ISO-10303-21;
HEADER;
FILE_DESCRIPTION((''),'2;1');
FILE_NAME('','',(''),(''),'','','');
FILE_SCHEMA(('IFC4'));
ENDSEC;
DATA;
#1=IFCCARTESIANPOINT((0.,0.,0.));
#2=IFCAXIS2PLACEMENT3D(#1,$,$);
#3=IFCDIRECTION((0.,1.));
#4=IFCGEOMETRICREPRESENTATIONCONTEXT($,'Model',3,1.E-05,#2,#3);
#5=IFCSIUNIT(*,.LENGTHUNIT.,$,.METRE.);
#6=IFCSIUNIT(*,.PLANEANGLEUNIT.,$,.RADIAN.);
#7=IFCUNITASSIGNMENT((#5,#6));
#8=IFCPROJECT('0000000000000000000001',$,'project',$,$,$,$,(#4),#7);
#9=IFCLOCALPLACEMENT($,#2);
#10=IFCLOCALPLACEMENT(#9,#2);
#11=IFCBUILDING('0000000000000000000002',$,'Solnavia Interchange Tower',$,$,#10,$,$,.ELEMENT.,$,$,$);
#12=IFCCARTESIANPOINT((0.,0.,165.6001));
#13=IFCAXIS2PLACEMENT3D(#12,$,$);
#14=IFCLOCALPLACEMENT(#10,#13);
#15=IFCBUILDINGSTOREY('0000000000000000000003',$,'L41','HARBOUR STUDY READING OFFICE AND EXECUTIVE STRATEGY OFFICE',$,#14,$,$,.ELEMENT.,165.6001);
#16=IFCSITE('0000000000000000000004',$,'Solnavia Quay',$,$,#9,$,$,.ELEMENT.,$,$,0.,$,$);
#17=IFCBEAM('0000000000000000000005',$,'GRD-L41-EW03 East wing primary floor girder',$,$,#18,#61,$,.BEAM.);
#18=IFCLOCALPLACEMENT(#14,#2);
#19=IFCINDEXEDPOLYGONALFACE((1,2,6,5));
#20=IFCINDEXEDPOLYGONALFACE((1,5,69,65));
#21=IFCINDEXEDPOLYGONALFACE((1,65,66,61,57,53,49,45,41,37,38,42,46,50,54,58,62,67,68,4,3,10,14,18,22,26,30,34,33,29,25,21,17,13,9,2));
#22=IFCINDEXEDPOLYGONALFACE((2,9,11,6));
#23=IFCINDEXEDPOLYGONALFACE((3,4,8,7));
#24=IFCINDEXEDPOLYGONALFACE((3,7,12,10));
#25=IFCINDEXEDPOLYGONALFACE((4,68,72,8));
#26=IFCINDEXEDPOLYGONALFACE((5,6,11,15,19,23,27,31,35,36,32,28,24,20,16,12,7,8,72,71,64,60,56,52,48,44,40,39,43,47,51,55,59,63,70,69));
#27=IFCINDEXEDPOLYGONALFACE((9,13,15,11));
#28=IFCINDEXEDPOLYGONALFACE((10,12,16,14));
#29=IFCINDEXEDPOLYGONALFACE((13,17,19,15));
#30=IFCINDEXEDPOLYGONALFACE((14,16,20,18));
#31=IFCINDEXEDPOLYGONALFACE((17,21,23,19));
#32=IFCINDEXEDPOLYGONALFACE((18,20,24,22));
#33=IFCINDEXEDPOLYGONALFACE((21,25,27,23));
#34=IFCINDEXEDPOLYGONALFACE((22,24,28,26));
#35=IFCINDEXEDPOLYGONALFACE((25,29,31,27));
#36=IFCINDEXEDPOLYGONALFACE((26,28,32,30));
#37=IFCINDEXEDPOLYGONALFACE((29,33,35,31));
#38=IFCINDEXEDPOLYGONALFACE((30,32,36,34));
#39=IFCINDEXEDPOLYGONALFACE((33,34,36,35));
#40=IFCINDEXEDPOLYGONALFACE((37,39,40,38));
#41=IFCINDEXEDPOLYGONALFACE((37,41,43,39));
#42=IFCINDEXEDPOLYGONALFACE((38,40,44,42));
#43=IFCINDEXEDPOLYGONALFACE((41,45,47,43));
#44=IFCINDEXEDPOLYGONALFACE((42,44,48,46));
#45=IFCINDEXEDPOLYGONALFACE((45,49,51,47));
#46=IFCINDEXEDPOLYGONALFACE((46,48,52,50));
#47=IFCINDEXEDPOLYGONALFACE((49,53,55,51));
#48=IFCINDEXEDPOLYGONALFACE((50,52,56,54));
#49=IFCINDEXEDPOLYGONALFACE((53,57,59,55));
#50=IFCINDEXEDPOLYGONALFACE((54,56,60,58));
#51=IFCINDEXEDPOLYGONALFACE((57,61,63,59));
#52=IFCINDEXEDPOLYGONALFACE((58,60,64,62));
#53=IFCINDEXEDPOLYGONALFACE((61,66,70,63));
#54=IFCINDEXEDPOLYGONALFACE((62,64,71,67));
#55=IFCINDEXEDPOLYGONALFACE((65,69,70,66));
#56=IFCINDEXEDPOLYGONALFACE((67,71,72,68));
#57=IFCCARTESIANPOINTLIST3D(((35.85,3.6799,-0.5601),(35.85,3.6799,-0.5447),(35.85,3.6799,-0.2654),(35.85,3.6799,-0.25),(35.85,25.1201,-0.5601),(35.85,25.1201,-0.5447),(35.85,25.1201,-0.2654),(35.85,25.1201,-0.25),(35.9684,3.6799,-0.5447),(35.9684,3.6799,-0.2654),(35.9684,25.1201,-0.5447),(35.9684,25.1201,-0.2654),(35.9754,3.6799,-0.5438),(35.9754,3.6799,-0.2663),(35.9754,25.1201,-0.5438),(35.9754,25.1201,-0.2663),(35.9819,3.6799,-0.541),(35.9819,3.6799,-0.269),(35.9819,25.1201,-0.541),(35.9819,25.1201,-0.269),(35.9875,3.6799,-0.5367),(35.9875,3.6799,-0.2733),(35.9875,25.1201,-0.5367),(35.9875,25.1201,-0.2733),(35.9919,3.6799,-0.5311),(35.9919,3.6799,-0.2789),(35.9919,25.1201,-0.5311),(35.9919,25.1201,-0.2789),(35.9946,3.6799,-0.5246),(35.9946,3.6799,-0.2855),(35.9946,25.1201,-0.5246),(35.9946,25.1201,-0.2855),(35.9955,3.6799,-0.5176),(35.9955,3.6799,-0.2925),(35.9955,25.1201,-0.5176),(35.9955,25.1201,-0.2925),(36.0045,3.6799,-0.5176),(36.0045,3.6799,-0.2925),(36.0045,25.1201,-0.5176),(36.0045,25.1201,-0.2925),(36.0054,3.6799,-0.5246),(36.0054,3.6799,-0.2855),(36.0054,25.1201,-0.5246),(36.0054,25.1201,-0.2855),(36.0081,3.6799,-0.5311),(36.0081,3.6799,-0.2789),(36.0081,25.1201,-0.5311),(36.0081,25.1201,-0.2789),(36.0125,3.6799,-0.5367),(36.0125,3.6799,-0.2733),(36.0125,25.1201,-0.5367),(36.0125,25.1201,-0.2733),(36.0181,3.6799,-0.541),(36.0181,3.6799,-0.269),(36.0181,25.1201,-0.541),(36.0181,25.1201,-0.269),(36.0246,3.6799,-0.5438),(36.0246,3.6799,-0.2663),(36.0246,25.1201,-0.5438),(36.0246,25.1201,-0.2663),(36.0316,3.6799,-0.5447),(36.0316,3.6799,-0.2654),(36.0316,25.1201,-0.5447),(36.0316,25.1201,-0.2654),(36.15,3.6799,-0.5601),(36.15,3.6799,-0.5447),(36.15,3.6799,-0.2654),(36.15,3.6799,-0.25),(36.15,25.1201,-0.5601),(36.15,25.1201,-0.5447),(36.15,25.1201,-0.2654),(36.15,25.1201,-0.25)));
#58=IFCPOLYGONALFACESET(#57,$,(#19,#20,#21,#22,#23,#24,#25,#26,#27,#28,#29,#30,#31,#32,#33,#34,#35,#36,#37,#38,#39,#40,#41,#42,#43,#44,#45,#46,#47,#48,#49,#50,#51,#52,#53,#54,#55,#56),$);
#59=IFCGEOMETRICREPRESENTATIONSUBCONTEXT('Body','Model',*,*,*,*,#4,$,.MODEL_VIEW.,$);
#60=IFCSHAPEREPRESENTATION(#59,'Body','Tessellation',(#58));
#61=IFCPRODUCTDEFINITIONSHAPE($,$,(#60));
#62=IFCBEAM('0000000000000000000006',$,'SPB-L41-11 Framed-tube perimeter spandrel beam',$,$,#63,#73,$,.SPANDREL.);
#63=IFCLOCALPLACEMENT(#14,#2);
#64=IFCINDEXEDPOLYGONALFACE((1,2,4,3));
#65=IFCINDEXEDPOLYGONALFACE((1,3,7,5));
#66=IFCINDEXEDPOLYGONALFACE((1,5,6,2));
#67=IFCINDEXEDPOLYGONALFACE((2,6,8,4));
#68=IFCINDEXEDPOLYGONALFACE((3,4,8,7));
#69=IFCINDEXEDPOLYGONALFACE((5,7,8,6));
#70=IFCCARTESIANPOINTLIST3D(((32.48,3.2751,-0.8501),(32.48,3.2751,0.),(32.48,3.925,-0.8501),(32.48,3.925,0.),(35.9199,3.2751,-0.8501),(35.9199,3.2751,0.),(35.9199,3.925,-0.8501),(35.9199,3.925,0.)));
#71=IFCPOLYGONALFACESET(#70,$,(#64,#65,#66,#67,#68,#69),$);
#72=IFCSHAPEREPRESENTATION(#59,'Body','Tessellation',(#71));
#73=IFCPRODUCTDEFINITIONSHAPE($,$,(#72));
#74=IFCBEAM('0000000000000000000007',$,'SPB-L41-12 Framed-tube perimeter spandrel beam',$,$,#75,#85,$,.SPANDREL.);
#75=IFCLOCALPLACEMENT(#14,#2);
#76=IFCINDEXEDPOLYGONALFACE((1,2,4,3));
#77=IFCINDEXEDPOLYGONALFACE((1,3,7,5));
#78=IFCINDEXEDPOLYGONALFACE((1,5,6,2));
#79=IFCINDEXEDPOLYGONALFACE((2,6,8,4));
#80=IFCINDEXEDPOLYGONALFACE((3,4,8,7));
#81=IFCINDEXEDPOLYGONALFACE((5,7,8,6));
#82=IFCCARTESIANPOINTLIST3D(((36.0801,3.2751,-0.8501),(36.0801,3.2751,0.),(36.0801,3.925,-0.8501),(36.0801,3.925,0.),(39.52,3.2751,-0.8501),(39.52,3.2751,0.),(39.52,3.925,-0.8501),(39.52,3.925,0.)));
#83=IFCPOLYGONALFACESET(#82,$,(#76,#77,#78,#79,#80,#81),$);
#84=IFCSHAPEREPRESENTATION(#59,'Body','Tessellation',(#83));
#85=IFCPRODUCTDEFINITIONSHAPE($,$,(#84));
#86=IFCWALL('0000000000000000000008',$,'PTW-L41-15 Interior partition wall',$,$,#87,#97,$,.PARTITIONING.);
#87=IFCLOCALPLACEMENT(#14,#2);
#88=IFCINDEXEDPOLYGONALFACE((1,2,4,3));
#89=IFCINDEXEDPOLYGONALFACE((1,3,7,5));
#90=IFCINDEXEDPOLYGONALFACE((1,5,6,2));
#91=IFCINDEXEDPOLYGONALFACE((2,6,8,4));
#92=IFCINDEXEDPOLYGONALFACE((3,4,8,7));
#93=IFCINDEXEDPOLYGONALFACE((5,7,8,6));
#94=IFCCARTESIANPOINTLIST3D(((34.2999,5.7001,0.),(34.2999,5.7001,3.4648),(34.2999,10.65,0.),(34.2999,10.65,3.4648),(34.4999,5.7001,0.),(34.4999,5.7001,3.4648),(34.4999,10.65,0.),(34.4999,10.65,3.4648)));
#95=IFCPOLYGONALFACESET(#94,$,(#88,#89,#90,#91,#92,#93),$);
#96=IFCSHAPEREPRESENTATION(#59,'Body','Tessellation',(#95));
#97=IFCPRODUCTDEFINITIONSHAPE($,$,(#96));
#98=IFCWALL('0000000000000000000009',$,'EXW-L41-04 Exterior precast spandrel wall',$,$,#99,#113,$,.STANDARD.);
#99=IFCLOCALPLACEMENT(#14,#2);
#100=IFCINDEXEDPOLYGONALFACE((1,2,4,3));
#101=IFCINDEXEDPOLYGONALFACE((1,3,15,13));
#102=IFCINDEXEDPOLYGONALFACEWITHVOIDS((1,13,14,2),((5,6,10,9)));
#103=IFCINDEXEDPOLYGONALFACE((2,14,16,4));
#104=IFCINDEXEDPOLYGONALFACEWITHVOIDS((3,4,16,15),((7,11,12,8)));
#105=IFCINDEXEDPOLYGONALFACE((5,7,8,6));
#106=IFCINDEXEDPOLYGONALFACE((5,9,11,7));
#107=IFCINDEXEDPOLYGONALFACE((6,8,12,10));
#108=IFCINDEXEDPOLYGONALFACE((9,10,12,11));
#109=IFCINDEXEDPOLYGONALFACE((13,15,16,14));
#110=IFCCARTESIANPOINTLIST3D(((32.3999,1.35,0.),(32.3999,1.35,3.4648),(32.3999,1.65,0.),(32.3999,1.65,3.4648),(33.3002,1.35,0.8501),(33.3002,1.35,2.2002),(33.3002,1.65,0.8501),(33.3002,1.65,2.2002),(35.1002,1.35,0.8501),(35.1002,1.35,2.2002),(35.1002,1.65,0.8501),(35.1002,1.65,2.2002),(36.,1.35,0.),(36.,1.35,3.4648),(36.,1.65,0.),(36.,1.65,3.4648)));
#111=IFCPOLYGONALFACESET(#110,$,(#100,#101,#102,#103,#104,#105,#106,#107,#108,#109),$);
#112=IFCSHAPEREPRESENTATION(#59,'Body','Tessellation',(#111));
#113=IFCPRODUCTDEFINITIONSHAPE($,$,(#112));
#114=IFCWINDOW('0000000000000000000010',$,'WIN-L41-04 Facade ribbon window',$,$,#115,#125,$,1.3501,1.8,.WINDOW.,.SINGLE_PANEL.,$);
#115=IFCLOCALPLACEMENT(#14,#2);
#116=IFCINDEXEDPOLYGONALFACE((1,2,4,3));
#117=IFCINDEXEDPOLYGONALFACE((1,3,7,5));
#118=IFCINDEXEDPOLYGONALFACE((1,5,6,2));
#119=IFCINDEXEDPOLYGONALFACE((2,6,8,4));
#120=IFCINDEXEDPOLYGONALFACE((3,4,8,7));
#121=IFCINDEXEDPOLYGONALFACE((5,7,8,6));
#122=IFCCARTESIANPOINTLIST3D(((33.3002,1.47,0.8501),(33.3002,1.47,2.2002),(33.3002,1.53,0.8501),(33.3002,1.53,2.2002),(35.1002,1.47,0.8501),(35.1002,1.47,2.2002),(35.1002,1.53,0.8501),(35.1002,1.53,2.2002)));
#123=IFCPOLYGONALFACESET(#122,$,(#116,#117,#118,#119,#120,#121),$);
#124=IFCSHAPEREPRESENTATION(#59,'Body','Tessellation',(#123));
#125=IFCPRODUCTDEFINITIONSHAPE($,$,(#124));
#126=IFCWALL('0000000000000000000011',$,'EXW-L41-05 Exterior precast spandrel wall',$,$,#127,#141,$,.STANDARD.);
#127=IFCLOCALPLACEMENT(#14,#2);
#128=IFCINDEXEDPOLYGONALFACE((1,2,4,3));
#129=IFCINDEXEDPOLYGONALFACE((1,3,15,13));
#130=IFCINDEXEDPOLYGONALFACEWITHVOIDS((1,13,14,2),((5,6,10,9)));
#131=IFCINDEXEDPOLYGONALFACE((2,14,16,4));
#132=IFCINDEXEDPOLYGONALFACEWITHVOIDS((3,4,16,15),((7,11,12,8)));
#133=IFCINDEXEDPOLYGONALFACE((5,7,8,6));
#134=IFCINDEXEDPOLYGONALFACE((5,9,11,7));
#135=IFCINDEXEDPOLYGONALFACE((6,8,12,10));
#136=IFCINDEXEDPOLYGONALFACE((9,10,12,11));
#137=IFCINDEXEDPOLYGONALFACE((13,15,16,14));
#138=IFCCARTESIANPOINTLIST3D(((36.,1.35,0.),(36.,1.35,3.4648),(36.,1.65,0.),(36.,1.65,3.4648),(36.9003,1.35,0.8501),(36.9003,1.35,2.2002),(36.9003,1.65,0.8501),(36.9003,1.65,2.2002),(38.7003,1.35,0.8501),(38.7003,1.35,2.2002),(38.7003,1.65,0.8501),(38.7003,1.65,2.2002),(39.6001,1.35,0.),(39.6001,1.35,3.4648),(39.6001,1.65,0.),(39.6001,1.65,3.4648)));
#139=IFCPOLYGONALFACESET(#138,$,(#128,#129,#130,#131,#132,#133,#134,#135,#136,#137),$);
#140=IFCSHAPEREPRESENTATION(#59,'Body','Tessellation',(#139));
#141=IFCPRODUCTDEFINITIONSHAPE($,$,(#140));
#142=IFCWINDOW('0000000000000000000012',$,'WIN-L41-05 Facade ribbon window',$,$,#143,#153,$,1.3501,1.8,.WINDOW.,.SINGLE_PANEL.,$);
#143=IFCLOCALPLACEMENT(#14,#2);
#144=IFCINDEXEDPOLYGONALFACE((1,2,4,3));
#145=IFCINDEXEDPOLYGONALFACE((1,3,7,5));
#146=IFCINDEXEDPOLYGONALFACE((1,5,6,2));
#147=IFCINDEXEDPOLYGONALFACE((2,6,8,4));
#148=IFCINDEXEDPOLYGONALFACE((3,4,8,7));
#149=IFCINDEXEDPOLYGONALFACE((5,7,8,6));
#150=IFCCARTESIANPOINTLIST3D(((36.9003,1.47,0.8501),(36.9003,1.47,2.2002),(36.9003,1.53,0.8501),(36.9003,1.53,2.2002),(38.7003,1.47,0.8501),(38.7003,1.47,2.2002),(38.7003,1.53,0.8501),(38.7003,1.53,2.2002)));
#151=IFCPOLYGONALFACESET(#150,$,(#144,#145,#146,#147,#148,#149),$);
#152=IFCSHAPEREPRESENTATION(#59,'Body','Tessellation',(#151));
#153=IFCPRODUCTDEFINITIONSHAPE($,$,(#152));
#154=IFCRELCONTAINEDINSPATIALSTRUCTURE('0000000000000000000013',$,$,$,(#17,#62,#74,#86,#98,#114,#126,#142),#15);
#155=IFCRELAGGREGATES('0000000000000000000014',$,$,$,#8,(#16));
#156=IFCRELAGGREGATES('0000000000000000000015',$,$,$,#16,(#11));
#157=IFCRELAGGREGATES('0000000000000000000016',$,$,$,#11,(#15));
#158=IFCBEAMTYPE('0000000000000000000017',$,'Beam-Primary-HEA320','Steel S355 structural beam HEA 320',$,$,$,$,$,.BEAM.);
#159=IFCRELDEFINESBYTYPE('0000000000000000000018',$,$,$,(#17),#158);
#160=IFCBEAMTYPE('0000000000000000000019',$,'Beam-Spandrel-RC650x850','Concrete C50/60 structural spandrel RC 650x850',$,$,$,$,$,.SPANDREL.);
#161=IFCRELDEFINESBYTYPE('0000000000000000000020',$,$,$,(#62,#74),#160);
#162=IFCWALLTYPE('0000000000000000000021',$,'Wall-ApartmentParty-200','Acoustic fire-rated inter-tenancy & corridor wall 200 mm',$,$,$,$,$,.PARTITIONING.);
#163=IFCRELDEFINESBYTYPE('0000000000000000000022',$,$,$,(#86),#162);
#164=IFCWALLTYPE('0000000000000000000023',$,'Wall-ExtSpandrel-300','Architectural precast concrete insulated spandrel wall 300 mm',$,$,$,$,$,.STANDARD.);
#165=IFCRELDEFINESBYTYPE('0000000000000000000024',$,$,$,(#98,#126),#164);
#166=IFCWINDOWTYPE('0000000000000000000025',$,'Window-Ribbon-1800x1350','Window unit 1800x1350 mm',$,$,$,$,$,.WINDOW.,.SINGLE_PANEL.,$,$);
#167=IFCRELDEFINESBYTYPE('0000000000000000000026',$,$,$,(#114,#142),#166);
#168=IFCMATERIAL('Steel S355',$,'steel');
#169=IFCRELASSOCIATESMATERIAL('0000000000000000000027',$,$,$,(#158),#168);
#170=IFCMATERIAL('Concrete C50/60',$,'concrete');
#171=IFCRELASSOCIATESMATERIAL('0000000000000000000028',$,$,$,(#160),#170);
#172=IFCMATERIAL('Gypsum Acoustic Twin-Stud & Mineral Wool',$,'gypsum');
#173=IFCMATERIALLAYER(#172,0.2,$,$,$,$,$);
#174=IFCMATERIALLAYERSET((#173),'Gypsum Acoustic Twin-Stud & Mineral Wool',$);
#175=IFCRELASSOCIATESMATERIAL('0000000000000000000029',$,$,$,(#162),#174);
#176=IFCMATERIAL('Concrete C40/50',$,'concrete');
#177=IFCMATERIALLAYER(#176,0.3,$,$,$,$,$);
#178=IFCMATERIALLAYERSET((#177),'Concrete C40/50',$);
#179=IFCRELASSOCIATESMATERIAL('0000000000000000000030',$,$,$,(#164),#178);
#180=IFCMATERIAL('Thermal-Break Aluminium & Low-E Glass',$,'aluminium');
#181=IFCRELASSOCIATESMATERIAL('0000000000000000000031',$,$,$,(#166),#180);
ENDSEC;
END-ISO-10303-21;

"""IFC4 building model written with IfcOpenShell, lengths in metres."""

from ifc_helpers import new_model, si_unit, direction, frame, frame_2d, origin, origin_2d, place, context, subcontext, project, spatial, rectangle, i_section, extrude, material, layer, layer_set, material_profile, profile_set, type_object, element, fill, save


model = new_model("IFC4")

# Units and contexts
model_context = context("Model", 3, precision=1e-05, world=origin(), true_north=direction((0.0, 1.0)))
body_context = subcontext(model_context, "Body", "Model", "MODEL_VIEW")
ifc_project = project(units=[si_unit("LENGTHUNIT", "METRE"), si_unit("PLANEANGLEUNIT", "RADIAN")], contexts=[model_context])

# Site, building, storey
site_placement = place(None, origin())
site = spatial("IfcSite", under=ifc_project, at=site_placement, Name="Solnavia Quay", CompositionType="ELEMENT", RefElevation=0.0)
building_placement = place(site_placement, origin())
building = spatial("IfcBuilding", under=site, at=building_placement, Name="Solnavia Interchange Tower", CompositionType="ELEMENT")
storey_placement = place(building_placement, frame((0.0, 0.0, 165.6001)))
storey = spatial("IfcBuildingStorey", under=building, at=storey_placement, Name="L41", Description="HARBOUR STUDY READING OFFICE AND EXECUTIVE STRATEGY OFFICE", CompositionType="ELEMENT", Elevation=165.6001)

# Shared definitions
ifc_material_1 = material(Name="Concrete C50/60", Category="concrete")
ifc_material_2 = material(Name="Steel S355", Category="steel")

# Beams
ifc_material_profile_1 = material_profile(ifc_material_2, i_section(OverallWidth=0.3, OverallDepth=0.3101, WebThickness=0.009, FlangeThickness=0.0154, FilletRadius=0.0271, at=origin_2d()), Name="HEA 320")
ifc_profile_set_1 = profile_set([ifc_material_profile_1], Name="Steel S355")
beam_type_1 = type_object("IfcBeamType", Name="Beam-Primary-HEA320", Description="Steel S355 structural beam HEA 320", PredefinedType="BEAM", material=ifc_profile_set_1)
beam_placement = place(storey_placement, frame((36.0, 3.6799, -0.405), z_axis=(0.0, 1.0, 0.0), x_axis=(-1.0, 0.0, 0.0)))
element("IfcBeam", 1, at=beam_placement, inside=storey, type_object=beam_type_1, Name="GRD-L41-EW03 East wing primary floor girder", PredefinedType="BEAM", context=body_context, shape_type="SweptSolid", body=[
    extrude(i_section(OverallWidth=0.3, OverallDepth=0.3101, WebThickness=0.009, FlangeThickness=0.0154, FilletRadius=0.0271, at=origin_2d()), origin(), (0.0, 0.0, 1.0), 21.4402),
])
ifc_material_profile_2 = material_profile(ifc_material_1, rectangle(XDim=0.6499, YDim=0.8501, at=origin_2d()), Name="RC 650x850")
ifc_profile_set_2 = profile_set([ifc_material_profile_2], Name="Concrete C50/60")
beam_type_2 = type_object("IfcBeamType", Name="Beam-Spandrel-RC650x850", Description="Concrete C50/60 structural spandrel RC 650x850", PredefinedType="SPANDREL", material=ifc_profile_set_2)
for number, where, z_axis, x_axis, name in (
    (2, (32.48, 3.6001, -0.425), (1.0, 0.0, 0.0), (0.0, 1.0, 0.0), "SPB-L41-11 Framed-tube perimeter spandrel beam"),
    (3, (36.0801, 3.6001, -0.425), (1.0, 0.0, 0.0), (0.0, 1.0, 0.0), "SPB-L41-12 Framed-tube perimeter spandrel beam"),
):
    element("IfcBeam", number, at=place(storey_placement, frame(where, z_axis=z_axis, x_axis=x_axis)), inside=storey, type_object=beam_type_2, Name=name, PredefinedType="SPANDREL", context=body_context, shape_type="SweptSolid", body=[
        extrude(rectangle(XDim=0.6499, YDim=0.8501, at=origin_2d()), origin(), (0.0, 0.0, 1.0), 3.4399),
    ])

# Wall
ifc_material_3 = material(Name="Gypsum Acoustic Twin-Stud & Mineral Wool", Category="gypsum")
ifc_layer_1 = layer(ifc_material_3, 0.2)
ifc_layer_set_1 = layer_set([ifc_layer_1], Name="Gypsum Acoustic Twin-Stud & Mineral Wool")
wall_type_1 = type_object("IfcWallType", Name="Wall-ApartmentParty-200", Description="Acoustic fire-rated inter-tenancy & corridor wall 200 mm", PredefinedType="PARTITIONING", material=ifc_layer_set_1)
wall_1_placement = place(storey_placement, frame((34.3999, 5.7, 0.0), z_axis=(0.0, 0.0, 1.0), x_axis=(0.0, 1.0, 0.0)))
element("IfcWall", 4, at=wall_1_placement, inside=storey, type_object=wall_type_1, Name="PTW-L41-15 Interior partition wall", PredefinedType="PARTITIONING", context=body_context, shape_type="SweptSolid", body=[
    extrude(rectangle(XDim=4.95, YDim=0.2, at=frame_2d((2.4751, 0.0))), origin(), (0.0, 0.0, 1.0), 3.4648),
])

# Walls, openings, windows
ifc_material_4 = material(Name="Concrete C40/50", Category="concrete")
ifc_layer_2 = layer(ifc_material_4, 0.3)
ifc_layer_set_2 = layer_set([ifc_layer_2], Name="Concrete C40/50")
wall_type_2 = type_object("IfcWallType", Name="Wall-ExtSpandrel-300", Description="Architectural precast concrete insulated spandrel wall 300 mm", PredefinedType="STANDARD", material=ifc_layer_set_2)
wall_2_placement = place(storey_placement, frame((36.0, 1.5, 0.0), z_axis=(0.0, 0.0, 1.0), x_axis=(-1.0, 0.0, 0.0)))
wall_2 = element("IfcWall", 5, at=wall_2_placement, inside=storey, type_object=wall_type_2, Name="EXW-L41-04 Exterior precast spandrel wall", PredefinedType="STANDARD", context=body_context, shape_type="SweptSolid", body=[
    extrude(rectangle(XDim=3.6001, YDim=0.3, at=frame_2d((1.8, 0.0))), origin(), (0.0, 0.0, 1.0), 3.4648),
])
opening_1_placement = place(wall_2_placement, frame((0.8999, 0.0, 0.8501)))
opening_1 = element("IfcOpeningElement", 6, at=opening_1_placement, cuts=wall_2, PredefinedType="OPENING", context=body_context, shape_type="SweptSolid", body=[
    extrude(rectangle(XDim=1.8, YDim=1.3501, at=frame_2d((0.8999, 0.675))), frame((0.0, 0.1602, 0.0), z_axis=(0.0, -1.0, 0.0), x_axis=(1.0, 0.0, 0.0)), (0.0, 0.0, 1.0), 0.3201),
])
ifc_material_5 = material(Name="Thermal-Break Aluminium & Low-E Glass", Category="aluminium")
window_type = type_object("IfcWindowType", Name="Window-Ribbon-1800x1350", Description="Window unit 1800x1350 mm", PartitioningType="SINGLE_PANEL", PredefinedType="WINDOW", material=ifc_material_5)
window_1_placement = place(opening_1_placement, origin())
window_1 = element("IfcWindow", 7, at=window_1_placement, inside=storey, type_object=window_type, Name="WIN-L41-04 Facade ribbon window", OverallHeight=1.3501, OverallWidth=1.8, PartitioningType="SINGLE_PANEL", PredefinedType="WINDOW", context=body_context, shape_type="SweptSolid", body=[
    extrude(rectangle(XDim=1.8, YDim=1.3501, at=frame_2d((0.8999, 0.675))), frame((0.0, 0.03, 0.0), z_axis=(0.0, -1.0, 0.0), x_axis=(1.0, 0.0, 0.0)), (0.0, 0.0, 1.0), 0.0601),
])
fill(opening_1, window_1)
wall_3_placement = place(storey_placement, frame((39.6001, 1.5, 0.0), z_axis=(0.0, 0.0, 1.0), x_axis=(-1.0, 0.0, 0.0)))
wall_3 = element("IfcWall", 8, at=wall_3_placement, inside=storey, type_object=wall_type_2, Name="EXW-L41-05 Exterior precast spandrel wall", PredefinedType="STANDARD", context=body_context, shape_type="SweptSolid", body=[
    extrude(rectangle(XDim=3.6001, YDim=0.3, at=frame_2d((1.8, 0.0))), origin(), (0.0, 0.0, 1.0), 3.4648),
])
opening_2_placement = place(wall_3_placement, frame((0.8999, 0.0, 0.8501)))
opening_2 = element("IfcOpeningElement", 9, at=opening_2_placement, cuts=wall_3, PredefinedType="OPENING", context=body_context, shape_type="SweptSolid", body=[
    extrude(rectangle(XDim=1.8, YDim=1.3501, at=frame_2d((0.8999, 0.675))), frame((0.0, 0.1602, 0.0), z_axis=(0.0, -1.0, 0.0), x_axis=(1.0, 0.0, 0.0)), (0.0, 0.0, 1.0), 0.3201),
])
window_2_placement = place(opening_2_placement, origin())
window_2 = element("IfcWindow", 10, at=window_2_placement, inside=storey, type_object=window_type, Name="WIN-L41-05 Facade ribbon window", OverallHeight=1.3501, OverallWidth=1.8, PartitioningType="SINGLE_PANEL", PredefinedType="WINDOW", context=body_context, shape_type="SweptSolid", body=[
    extrude(rectangle(XDim=1.8, YDim=1.3501, at=frame_2d((0.8999, 0.675))), frame((0.0, 0.03, 0.0), z_axis=(0.0, -1.0, 0.0), x_axis=(1.0, 0.0, 0.0)), (0.0, 0.0, 1.0), 0.0601),
])
fill(opening_2, window_2)

save(model, "model.ifc")
